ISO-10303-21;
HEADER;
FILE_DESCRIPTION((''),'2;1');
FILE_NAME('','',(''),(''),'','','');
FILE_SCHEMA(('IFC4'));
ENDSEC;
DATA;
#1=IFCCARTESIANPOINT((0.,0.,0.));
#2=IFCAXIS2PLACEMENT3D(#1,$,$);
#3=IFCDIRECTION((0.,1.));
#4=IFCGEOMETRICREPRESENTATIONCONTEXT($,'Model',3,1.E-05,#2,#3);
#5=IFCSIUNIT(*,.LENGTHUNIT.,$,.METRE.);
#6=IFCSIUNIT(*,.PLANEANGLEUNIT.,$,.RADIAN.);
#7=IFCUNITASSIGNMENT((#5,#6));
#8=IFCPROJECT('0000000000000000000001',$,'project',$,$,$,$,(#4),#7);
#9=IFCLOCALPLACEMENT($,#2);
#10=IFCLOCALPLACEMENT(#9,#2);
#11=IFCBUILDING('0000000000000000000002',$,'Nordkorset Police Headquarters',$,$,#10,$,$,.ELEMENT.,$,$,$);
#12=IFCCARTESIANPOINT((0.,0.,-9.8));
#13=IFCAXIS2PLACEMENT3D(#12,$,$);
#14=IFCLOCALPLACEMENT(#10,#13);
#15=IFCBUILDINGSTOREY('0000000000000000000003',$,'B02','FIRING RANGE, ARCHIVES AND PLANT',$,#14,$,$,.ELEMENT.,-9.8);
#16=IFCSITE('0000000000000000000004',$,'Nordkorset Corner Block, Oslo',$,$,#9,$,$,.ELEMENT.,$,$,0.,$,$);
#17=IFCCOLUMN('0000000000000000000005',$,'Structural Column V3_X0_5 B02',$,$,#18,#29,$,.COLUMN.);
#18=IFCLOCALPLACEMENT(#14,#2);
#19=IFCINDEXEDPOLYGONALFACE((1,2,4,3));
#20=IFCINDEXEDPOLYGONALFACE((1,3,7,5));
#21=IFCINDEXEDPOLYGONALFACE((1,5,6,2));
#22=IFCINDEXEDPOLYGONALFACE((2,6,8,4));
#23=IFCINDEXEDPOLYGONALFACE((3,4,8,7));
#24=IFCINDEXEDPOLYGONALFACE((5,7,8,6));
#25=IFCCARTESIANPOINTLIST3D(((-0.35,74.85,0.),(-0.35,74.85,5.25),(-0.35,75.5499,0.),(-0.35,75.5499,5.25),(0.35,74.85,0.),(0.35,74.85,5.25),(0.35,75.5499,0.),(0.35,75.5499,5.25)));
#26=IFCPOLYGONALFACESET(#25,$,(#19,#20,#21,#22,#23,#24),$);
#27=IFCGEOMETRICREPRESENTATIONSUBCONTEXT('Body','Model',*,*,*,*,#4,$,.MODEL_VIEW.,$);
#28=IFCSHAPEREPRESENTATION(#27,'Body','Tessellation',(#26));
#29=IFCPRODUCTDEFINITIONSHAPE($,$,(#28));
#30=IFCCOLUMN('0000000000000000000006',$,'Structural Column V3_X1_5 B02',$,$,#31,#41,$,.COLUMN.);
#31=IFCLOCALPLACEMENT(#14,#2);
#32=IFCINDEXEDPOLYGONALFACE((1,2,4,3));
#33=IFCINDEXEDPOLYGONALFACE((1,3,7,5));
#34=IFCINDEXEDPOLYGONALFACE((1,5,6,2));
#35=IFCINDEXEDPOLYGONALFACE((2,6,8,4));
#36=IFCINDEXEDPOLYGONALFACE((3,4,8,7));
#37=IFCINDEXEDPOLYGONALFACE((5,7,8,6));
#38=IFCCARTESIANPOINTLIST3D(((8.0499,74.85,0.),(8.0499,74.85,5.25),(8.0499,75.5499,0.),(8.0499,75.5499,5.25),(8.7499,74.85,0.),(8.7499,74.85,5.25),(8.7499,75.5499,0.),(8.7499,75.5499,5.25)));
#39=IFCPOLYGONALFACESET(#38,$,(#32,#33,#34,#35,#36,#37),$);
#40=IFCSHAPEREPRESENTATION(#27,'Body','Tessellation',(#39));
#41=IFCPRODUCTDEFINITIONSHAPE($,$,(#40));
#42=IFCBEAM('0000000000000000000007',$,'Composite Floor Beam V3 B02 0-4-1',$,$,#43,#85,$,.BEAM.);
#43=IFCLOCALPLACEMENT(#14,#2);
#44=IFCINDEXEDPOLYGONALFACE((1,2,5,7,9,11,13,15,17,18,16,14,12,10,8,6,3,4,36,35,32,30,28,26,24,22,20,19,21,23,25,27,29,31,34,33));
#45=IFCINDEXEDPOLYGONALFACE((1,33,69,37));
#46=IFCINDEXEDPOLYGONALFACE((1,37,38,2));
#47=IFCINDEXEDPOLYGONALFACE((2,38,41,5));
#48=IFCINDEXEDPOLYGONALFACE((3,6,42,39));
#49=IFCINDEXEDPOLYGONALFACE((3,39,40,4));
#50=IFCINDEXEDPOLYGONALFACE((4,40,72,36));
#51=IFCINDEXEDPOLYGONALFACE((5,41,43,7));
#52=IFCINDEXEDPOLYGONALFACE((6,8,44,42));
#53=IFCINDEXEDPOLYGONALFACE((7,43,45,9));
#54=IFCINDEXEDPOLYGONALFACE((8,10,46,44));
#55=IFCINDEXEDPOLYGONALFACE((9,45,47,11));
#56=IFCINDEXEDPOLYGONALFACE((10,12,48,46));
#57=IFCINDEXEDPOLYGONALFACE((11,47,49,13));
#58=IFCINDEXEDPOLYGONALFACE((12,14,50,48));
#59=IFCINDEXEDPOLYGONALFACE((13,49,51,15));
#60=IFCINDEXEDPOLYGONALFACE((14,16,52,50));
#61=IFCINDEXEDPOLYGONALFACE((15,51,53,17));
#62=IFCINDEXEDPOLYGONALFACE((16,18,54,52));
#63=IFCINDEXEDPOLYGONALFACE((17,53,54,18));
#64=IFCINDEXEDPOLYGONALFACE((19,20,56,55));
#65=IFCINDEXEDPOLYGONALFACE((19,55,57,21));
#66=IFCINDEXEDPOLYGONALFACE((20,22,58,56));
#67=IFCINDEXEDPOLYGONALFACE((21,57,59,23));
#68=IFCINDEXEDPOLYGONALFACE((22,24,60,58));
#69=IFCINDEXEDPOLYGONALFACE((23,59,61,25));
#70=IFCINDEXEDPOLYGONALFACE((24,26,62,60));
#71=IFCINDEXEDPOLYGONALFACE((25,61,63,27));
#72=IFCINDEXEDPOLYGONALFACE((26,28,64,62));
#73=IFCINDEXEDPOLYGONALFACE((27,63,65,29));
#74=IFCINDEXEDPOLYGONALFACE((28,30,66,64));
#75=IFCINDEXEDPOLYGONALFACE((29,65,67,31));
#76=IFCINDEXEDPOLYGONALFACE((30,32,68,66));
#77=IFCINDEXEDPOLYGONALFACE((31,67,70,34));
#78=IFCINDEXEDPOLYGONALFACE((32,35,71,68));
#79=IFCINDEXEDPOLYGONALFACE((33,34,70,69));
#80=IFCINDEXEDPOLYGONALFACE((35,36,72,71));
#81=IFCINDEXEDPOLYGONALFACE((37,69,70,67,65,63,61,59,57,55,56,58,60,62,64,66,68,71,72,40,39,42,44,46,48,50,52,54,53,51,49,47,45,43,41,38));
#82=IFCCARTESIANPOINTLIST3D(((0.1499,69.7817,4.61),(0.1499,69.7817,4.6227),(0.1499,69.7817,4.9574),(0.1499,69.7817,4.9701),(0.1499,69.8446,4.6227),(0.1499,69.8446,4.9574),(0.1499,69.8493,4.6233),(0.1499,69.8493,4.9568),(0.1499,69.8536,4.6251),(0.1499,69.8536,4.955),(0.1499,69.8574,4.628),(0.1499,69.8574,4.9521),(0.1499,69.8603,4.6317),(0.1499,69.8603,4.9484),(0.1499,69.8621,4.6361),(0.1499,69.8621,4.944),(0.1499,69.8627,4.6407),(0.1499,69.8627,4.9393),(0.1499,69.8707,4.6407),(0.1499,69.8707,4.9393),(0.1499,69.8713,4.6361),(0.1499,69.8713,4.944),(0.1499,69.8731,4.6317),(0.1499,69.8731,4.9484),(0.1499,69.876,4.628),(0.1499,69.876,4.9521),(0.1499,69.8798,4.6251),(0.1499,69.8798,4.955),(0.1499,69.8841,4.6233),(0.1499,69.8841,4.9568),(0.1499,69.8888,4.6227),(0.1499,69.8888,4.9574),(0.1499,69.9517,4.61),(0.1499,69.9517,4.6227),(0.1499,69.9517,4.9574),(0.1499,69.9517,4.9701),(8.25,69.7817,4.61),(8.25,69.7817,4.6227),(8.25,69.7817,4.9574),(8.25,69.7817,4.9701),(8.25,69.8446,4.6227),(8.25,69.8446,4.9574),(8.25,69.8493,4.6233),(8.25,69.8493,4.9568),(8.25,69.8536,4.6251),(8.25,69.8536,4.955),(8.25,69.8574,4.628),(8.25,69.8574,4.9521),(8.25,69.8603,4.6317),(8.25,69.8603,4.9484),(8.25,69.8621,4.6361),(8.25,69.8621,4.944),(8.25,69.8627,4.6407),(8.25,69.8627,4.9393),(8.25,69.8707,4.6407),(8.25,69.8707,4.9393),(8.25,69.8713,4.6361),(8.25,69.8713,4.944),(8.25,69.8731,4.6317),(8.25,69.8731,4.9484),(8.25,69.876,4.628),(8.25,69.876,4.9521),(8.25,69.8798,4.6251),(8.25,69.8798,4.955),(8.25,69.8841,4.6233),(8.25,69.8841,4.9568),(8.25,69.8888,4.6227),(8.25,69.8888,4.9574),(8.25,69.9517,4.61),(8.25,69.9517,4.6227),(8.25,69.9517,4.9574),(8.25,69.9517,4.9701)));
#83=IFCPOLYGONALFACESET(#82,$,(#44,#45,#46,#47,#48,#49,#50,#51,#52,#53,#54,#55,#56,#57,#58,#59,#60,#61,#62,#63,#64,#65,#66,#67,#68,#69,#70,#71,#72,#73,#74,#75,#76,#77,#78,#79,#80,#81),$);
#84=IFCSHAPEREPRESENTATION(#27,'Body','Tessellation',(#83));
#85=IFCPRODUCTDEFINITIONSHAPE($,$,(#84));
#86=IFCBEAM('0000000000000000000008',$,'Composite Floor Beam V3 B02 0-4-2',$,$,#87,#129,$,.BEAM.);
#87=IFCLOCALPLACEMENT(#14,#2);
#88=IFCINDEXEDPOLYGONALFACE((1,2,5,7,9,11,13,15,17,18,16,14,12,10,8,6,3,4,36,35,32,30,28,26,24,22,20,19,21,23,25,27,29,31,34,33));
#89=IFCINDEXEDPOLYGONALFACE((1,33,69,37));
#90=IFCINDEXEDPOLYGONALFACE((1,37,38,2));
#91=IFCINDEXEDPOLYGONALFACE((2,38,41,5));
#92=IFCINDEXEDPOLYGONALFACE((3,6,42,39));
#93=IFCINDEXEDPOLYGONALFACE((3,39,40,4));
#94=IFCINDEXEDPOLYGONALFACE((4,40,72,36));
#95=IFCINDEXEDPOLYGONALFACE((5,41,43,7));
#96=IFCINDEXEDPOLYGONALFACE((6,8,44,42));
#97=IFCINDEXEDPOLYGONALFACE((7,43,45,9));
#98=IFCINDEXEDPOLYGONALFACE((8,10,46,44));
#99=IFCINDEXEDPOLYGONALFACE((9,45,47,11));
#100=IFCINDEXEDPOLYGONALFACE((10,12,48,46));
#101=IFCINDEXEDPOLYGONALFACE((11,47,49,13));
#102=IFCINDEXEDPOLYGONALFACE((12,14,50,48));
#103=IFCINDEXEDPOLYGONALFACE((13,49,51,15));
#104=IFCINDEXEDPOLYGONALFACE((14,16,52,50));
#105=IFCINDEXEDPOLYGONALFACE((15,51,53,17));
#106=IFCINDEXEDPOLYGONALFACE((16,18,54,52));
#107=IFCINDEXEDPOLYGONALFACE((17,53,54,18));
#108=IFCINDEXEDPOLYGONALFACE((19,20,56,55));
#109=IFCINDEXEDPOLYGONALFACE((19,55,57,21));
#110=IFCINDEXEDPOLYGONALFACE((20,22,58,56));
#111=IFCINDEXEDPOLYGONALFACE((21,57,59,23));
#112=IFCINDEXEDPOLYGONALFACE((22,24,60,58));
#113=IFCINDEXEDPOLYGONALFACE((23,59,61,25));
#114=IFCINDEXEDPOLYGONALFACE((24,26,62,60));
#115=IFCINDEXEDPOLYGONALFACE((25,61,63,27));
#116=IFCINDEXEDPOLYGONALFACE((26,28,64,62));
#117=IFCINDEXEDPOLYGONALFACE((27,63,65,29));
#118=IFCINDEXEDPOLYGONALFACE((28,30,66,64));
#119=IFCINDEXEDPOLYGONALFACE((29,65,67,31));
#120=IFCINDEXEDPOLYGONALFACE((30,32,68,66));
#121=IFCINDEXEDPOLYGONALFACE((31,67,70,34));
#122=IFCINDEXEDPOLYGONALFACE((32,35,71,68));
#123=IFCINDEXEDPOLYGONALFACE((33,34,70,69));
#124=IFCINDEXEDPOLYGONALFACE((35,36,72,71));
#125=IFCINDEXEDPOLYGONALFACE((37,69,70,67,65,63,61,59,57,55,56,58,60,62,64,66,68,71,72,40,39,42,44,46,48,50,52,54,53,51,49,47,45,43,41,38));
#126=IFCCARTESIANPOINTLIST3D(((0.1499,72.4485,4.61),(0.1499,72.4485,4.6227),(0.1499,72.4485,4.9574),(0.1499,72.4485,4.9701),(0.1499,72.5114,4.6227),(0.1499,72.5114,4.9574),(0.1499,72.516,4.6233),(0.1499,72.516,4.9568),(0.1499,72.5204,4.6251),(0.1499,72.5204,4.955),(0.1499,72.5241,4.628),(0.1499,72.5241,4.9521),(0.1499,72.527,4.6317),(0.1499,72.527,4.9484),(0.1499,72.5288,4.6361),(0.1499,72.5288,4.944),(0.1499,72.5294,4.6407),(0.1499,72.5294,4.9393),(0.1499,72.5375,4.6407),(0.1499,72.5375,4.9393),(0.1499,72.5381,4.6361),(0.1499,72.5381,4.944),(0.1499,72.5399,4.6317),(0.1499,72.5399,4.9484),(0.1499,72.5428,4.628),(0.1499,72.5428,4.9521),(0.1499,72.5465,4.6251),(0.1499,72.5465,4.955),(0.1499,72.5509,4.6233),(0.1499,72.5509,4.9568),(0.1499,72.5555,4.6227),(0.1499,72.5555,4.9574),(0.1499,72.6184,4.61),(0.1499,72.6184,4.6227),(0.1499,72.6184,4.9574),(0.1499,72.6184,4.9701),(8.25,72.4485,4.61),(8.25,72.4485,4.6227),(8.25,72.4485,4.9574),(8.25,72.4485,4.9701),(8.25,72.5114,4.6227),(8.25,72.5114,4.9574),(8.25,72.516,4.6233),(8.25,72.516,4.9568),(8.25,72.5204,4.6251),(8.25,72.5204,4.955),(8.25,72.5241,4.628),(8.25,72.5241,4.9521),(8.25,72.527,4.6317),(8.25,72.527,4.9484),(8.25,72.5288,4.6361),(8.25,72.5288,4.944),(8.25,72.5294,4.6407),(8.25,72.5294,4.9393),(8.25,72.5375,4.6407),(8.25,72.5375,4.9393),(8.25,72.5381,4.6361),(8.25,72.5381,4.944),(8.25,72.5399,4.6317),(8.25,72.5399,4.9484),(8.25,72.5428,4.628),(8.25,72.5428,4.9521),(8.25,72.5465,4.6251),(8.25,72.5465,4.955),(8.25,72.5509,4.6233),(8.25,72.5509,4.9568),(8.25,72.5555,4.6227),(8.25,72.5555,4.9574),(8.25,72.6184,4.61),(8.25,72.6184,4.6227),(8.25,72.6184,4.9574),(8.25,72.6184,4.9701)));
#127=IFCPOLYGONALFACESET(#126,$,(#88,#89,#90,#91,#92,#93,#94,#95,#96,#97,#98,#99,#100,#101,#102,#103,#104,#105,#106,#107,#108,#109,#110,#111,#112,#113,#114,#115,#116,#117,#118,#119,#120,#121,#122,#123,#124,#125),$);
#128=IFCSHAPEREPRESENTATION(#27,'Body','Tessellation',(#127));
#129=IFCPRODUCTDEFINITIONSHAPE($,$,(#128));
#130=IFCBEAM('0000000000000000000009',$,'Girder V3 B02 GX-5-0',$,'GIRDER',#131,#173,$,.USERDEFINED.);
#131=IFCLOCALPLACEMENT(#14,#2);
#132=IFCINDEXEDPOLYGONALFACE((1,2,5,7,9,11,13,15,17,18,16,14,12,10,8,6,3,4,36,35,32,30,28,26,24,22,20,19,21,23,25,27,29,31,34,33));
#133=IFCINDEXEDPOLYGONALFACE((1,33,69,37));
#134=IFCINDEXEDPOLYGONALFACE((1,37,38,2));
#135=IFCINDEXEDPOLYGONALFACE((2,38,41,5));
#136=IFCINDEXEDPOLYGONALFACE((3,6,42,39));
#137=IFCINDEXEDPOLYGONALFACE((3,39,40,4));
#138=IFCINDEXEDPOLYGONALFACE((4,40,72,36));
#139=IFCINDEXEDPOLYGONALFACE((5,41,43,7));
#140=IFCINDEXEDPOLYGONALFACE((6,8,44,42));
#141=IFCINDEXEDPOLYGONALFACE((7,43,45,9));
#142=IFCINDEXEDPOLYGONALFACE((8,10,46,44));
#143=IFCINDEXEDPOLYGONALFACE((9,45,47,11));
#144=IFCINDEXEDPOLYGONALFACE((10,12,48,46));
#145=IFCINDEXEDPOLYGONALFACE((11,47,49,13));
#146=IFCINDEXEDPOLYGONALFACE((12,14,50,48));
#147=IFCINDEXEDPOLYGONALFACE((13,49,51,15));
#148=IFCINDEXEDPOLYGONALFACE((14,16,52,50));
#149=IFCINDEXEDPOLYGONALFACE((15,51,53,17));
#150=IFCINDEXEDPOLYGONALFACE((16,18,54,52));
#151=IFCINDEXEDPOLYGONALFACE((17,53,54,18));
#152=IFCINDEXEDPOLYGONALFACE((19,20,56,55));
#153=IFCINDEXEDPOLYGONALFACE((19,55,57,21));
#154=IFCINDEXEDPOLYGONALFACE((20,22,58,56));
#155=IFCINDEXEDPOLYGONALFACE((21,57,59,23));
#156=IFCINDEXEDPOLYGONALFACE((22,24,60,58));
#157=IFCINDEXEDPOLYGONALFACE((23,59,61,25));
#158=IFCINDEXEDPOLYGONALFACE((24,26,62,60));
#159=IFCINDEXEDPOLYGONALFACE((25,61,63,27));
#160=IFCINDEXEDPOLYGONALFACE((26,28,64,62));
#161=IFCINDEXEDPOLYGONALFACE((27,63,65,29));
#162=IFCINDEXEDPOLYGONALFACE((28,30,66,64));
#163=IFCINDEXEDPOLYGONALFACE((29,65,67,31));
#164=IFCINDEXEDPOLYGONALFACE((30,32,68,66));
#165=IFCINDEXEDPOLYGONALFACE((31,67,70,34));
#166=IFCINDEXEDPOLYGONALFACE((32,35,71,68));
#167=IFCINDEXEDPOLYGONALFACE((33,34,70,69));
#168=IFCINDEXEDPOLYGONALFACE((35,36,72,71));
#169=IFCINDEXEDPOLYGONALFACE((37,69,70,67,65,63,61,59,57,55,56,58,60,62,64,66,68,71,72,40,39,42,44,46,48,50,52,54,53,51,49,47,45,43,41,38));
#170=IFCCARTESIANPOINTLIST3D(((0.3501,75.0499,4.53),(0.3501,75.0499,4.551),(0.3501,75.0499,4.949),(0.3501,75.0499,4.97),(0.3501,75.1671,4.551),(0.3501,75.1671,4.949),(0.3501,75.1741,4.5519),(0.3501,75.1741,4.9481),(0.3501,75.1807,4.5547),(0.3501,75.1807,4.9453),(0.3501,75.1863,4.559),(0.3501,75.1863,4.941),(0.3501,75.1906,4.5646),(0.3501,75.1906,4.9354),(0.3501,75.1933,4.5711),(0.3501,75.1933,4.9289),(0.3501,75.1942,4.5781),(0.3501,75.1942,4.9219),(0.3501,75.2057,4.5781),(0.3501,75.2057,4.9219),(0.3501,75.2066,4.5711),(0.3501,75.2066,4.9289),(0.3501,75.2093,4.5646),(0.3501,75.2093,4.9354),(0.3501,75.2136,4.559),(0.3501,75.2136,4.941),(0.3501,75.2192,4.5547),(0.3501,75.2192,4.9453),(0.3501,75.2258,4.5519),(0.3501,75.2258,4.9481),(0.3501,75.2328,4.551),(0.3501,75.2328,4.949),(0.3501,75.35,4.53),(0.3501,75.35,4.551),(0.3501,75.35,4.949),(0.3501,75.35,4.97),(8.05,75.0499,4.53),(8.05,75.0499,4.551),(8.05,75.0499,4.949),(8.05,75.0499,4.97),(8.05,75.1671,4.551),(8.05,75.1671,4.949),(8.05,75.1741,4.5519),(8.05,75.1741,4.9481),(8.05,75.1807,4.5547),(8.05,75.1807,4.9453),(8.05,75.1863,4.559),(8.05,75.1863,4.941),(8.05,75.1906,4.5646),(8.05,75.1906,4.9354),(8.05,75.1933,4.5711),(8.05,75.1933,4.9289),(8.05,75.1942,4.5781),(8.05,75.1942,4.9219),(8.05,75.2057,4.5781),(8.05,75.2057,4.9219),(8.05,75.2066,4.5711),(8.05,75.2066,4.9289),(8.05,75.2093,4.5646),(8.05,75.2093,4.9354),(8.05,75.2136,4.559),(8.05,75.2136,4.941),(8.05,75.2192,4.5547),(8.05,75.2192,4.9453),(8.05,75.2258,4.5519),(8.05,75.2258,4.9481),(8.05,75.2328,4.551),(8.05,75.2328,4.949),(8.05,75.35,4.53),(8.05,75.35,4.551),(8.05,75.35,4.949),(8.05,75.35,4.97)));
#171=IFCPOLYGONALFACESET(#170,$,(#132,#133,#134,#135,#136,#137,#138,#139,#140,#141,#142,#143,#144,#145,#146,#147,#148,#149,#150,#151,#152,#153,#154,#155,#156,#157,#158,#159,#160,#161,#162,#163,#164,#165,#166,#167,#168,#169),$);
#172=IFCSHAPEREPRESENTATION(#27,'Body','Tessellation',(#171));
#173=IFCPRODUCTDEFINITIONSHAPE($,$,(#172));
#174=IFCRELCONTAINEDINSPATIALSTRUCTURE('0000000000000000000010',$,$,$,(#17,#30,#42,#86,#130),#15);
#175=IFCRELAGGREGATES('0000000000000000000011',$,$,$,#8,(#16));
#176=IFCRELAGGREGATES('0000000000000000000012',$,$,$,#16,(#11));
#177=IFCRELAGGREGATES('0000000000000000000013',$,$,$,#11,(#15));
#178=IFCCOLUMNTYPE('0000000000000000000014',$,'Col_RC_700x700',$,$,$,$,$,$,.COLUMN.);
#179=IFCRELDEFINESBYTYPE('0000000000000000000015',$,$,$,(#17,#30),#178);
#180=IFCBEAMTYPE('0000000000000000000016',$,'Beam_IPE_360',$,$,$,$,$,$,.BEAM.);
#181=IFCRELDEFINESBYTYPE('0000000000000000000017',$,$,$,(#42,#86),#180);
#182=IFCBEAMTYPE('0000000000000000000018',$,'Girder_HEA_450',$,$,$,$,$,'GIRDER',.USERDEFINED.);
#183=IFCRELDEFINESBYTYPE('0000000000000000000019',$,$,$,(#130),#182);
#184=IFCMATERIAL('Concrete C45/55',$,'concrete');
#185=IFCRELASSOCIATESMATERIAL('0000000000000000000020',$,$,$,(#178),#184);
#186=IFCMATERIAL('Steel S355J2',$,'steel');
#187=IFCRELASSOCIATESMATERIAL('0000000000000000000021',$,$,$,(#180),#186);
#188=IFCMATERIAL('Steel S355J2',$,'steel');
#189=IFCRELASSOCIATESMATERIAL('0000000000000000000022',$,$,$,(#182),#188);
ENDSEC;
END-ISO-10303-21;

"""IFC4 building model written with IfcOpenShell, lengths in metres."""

from ifc_helpers import new_model, si_unit, direction, frame, origin, origin_2d, place, context, subcontext, project, spatial, rectangle, i_section, extrude, material, material_profile, profile_set, type_object, element, save


model = new_model("IFC4")

# Units and contexts
model_context = context("Model", 3, precision=1e-05, world=origin(), true_north=direction((0.0, 1.0)))
body_context = subcontext(model_context, "Body", "Model", "MODEL_VIEW")
ifc_project = project(units=[si_unit("LENGTHUNIT", "METRE"), si_unit("PLANEANGLEUNIT", "RADIAN")], contexts=[model_context])

# Site, building, storey
site_placement = place(None, origin())
site = spatial("IfcSite", under=ifc_project, at=site_placement, Name="Nordkorset Corner Block, Oslo", CompositionType="ELEMENT", RefElevation=0.0)
building_placement = place(site_placement, origin())
building = spatial("IfcBuilding", under=site, at=building_placement, Name="Nordkorset Police Headquarters", CompositionType="ELEMENT")
storey_placement = place(building_placement, frame((0.0, 0.0, -9.8)))
storey = spatial("IfcBuildingStorey", under=building, at=storey_placement, Name="B02", Description="FIRING RANGE, ARCHIVES AND PLANT", CompositionType="ELEMENT", Elevation=-9.8)

# Columns
ifc_material_1 = material(Name="Concrete C45/55", Category="concrete")
ifc_material_profile_1 = material_profile(ifc_material_1, rectangle(XDim=0.7, YDim=0.7, at=origin_2d()), Name="RC 700x700")
ifc_profile_set_1 = profile_set([ifc_material_profile_1], Name="Concrete C45/55")
column_type = type_object("IfcColumnType", Name="Col_RC_700x700", PredefinedType="COLUMN", material=ifc_profile_set_1)
for number, where, z_axis, x_axis, name in (
    (1, (0.0, 75.2, 0.0), (0.0, 0.0, 1.0), (1.0, 0.0, 0.0), "Structural Column V3_X0_5 B02"),
    (2, (8.3999, 75.2, 0.0), (0.0, 0.0, 1.0), (1.0, 0.0, 0.0), "Structural Column V3_X1_5 B02"),
):
    element("IfcColumn", number, at=place(storey_placement, frame(where, z_axis=z_axis, x_axis=x_axis)), inside=storey, type_object=column_type, Name=name, PredefinedType="COLUMN", context=body_context, shape_type="SweptSolid", body=[
        extrude(rectangle(XDim=0.7, YDim=0.7, at=origin_2d()), origin(), (0.0, 0.0, 1.0), 5.25),
    ])

# Beams
ifc_material_2 = material(Name="Steel S355J2", Category="steel")
ifc_material_profile_2 = material_profile(ifc_material_2, i_section(OverallWidth=0.1699, OverallDepth=0.3601, WebThickness=0.0081, FlangeThickness=0.0127, FilletRadius=0.0181, at=origin_2d()), Name="IPE 360")
ifc_profile_set_2 = profile_set([ifc_material_profile_2], Name="Steel S355J2")
beam_type_1 = type_object("IfcBeamType", Name="Beam_IPE_360", PredefinedType="BEAM", material=ifc_profile_set_2)
for number, where, z_axis, x_axis, name in (
    (3, (0.1499, 69.8667, 4.79), (1.0, 0.0, 0.0), (0.0, 1.0, 0.0), "Composite Floor Beam V3 B02 0-4-1"),
    (4, (0.1499, 72.5334, 4.79), (1.0, 0.0, 0.0), (0.0, 1.0, 0.0), "Composite Floor Beam V3 B02 0-4-2"),
):
    element("IfcBeam", number, at=place(storey_placement, frame(where, z_axis=z_axis, x_axis=x_axis)), inside=storey, type_object=beam_type_1, Name=name, PredefinedType="BEAM", context=body_context, shape_type="SweptSolid", body=[
        extrude(i_section(OverallWidth=0.1699, OverallDepth=0.3601, WebThickness=0.0081, FlangeThickness=0.0127, FilletRadius=0.0181, at=origin_2d()), origin(), (0.0, 0.0, 1.0), 8.1001),
    ])
ifc_material_3 = material(Name="Steel S355J2", Category="steel")
ifc_material_profile_3 = material_profile(ifc_material_3, i_section(OverallWidth=0.3, OverallDepth=0.4399, WebThickness=0.0115, FlangeThickness=0.021, FilletRadius=0.0271, at=origin_2d()), Name="HEA 450")
ifc_profile_set_3 = profile_set([ifc_material_profile_3], Name="Steel S355J2")
beam_type_2 = type_object("IfcBeamType", Name="Girder_HEA_450", ElementType="GIRDER", PredefinedType="USERDEFINED", material=ifc_profile_set_3)
beam_1_placement = place(storey_placement, frame((0.3501, 75.2, 4.75), z_axis=(1.0, 0.0, 0.0), x_axis=(0.0, 1.0, 0.0)))
element("IfcBeam", 5, at=beam_1_placement, inside=storey, type_object=beam_type_2, Name="Girder V3 B02 GX-5-0", ObjectType="GIRDER", PredefinedType="USERDEFINED", context=body_context, shape_type="SweptSolid", body=[
    extrude(i_section(OverallWidth=0.3, OverallDepth=0.4399, WebThickness=0.0115, FlangeThickness=0.021, FilletRadius=0.0271, at=origin_2d()), origin(), (0.0, 0.0, 1.0), 7.7),
])

save(model, "model.ifc")
